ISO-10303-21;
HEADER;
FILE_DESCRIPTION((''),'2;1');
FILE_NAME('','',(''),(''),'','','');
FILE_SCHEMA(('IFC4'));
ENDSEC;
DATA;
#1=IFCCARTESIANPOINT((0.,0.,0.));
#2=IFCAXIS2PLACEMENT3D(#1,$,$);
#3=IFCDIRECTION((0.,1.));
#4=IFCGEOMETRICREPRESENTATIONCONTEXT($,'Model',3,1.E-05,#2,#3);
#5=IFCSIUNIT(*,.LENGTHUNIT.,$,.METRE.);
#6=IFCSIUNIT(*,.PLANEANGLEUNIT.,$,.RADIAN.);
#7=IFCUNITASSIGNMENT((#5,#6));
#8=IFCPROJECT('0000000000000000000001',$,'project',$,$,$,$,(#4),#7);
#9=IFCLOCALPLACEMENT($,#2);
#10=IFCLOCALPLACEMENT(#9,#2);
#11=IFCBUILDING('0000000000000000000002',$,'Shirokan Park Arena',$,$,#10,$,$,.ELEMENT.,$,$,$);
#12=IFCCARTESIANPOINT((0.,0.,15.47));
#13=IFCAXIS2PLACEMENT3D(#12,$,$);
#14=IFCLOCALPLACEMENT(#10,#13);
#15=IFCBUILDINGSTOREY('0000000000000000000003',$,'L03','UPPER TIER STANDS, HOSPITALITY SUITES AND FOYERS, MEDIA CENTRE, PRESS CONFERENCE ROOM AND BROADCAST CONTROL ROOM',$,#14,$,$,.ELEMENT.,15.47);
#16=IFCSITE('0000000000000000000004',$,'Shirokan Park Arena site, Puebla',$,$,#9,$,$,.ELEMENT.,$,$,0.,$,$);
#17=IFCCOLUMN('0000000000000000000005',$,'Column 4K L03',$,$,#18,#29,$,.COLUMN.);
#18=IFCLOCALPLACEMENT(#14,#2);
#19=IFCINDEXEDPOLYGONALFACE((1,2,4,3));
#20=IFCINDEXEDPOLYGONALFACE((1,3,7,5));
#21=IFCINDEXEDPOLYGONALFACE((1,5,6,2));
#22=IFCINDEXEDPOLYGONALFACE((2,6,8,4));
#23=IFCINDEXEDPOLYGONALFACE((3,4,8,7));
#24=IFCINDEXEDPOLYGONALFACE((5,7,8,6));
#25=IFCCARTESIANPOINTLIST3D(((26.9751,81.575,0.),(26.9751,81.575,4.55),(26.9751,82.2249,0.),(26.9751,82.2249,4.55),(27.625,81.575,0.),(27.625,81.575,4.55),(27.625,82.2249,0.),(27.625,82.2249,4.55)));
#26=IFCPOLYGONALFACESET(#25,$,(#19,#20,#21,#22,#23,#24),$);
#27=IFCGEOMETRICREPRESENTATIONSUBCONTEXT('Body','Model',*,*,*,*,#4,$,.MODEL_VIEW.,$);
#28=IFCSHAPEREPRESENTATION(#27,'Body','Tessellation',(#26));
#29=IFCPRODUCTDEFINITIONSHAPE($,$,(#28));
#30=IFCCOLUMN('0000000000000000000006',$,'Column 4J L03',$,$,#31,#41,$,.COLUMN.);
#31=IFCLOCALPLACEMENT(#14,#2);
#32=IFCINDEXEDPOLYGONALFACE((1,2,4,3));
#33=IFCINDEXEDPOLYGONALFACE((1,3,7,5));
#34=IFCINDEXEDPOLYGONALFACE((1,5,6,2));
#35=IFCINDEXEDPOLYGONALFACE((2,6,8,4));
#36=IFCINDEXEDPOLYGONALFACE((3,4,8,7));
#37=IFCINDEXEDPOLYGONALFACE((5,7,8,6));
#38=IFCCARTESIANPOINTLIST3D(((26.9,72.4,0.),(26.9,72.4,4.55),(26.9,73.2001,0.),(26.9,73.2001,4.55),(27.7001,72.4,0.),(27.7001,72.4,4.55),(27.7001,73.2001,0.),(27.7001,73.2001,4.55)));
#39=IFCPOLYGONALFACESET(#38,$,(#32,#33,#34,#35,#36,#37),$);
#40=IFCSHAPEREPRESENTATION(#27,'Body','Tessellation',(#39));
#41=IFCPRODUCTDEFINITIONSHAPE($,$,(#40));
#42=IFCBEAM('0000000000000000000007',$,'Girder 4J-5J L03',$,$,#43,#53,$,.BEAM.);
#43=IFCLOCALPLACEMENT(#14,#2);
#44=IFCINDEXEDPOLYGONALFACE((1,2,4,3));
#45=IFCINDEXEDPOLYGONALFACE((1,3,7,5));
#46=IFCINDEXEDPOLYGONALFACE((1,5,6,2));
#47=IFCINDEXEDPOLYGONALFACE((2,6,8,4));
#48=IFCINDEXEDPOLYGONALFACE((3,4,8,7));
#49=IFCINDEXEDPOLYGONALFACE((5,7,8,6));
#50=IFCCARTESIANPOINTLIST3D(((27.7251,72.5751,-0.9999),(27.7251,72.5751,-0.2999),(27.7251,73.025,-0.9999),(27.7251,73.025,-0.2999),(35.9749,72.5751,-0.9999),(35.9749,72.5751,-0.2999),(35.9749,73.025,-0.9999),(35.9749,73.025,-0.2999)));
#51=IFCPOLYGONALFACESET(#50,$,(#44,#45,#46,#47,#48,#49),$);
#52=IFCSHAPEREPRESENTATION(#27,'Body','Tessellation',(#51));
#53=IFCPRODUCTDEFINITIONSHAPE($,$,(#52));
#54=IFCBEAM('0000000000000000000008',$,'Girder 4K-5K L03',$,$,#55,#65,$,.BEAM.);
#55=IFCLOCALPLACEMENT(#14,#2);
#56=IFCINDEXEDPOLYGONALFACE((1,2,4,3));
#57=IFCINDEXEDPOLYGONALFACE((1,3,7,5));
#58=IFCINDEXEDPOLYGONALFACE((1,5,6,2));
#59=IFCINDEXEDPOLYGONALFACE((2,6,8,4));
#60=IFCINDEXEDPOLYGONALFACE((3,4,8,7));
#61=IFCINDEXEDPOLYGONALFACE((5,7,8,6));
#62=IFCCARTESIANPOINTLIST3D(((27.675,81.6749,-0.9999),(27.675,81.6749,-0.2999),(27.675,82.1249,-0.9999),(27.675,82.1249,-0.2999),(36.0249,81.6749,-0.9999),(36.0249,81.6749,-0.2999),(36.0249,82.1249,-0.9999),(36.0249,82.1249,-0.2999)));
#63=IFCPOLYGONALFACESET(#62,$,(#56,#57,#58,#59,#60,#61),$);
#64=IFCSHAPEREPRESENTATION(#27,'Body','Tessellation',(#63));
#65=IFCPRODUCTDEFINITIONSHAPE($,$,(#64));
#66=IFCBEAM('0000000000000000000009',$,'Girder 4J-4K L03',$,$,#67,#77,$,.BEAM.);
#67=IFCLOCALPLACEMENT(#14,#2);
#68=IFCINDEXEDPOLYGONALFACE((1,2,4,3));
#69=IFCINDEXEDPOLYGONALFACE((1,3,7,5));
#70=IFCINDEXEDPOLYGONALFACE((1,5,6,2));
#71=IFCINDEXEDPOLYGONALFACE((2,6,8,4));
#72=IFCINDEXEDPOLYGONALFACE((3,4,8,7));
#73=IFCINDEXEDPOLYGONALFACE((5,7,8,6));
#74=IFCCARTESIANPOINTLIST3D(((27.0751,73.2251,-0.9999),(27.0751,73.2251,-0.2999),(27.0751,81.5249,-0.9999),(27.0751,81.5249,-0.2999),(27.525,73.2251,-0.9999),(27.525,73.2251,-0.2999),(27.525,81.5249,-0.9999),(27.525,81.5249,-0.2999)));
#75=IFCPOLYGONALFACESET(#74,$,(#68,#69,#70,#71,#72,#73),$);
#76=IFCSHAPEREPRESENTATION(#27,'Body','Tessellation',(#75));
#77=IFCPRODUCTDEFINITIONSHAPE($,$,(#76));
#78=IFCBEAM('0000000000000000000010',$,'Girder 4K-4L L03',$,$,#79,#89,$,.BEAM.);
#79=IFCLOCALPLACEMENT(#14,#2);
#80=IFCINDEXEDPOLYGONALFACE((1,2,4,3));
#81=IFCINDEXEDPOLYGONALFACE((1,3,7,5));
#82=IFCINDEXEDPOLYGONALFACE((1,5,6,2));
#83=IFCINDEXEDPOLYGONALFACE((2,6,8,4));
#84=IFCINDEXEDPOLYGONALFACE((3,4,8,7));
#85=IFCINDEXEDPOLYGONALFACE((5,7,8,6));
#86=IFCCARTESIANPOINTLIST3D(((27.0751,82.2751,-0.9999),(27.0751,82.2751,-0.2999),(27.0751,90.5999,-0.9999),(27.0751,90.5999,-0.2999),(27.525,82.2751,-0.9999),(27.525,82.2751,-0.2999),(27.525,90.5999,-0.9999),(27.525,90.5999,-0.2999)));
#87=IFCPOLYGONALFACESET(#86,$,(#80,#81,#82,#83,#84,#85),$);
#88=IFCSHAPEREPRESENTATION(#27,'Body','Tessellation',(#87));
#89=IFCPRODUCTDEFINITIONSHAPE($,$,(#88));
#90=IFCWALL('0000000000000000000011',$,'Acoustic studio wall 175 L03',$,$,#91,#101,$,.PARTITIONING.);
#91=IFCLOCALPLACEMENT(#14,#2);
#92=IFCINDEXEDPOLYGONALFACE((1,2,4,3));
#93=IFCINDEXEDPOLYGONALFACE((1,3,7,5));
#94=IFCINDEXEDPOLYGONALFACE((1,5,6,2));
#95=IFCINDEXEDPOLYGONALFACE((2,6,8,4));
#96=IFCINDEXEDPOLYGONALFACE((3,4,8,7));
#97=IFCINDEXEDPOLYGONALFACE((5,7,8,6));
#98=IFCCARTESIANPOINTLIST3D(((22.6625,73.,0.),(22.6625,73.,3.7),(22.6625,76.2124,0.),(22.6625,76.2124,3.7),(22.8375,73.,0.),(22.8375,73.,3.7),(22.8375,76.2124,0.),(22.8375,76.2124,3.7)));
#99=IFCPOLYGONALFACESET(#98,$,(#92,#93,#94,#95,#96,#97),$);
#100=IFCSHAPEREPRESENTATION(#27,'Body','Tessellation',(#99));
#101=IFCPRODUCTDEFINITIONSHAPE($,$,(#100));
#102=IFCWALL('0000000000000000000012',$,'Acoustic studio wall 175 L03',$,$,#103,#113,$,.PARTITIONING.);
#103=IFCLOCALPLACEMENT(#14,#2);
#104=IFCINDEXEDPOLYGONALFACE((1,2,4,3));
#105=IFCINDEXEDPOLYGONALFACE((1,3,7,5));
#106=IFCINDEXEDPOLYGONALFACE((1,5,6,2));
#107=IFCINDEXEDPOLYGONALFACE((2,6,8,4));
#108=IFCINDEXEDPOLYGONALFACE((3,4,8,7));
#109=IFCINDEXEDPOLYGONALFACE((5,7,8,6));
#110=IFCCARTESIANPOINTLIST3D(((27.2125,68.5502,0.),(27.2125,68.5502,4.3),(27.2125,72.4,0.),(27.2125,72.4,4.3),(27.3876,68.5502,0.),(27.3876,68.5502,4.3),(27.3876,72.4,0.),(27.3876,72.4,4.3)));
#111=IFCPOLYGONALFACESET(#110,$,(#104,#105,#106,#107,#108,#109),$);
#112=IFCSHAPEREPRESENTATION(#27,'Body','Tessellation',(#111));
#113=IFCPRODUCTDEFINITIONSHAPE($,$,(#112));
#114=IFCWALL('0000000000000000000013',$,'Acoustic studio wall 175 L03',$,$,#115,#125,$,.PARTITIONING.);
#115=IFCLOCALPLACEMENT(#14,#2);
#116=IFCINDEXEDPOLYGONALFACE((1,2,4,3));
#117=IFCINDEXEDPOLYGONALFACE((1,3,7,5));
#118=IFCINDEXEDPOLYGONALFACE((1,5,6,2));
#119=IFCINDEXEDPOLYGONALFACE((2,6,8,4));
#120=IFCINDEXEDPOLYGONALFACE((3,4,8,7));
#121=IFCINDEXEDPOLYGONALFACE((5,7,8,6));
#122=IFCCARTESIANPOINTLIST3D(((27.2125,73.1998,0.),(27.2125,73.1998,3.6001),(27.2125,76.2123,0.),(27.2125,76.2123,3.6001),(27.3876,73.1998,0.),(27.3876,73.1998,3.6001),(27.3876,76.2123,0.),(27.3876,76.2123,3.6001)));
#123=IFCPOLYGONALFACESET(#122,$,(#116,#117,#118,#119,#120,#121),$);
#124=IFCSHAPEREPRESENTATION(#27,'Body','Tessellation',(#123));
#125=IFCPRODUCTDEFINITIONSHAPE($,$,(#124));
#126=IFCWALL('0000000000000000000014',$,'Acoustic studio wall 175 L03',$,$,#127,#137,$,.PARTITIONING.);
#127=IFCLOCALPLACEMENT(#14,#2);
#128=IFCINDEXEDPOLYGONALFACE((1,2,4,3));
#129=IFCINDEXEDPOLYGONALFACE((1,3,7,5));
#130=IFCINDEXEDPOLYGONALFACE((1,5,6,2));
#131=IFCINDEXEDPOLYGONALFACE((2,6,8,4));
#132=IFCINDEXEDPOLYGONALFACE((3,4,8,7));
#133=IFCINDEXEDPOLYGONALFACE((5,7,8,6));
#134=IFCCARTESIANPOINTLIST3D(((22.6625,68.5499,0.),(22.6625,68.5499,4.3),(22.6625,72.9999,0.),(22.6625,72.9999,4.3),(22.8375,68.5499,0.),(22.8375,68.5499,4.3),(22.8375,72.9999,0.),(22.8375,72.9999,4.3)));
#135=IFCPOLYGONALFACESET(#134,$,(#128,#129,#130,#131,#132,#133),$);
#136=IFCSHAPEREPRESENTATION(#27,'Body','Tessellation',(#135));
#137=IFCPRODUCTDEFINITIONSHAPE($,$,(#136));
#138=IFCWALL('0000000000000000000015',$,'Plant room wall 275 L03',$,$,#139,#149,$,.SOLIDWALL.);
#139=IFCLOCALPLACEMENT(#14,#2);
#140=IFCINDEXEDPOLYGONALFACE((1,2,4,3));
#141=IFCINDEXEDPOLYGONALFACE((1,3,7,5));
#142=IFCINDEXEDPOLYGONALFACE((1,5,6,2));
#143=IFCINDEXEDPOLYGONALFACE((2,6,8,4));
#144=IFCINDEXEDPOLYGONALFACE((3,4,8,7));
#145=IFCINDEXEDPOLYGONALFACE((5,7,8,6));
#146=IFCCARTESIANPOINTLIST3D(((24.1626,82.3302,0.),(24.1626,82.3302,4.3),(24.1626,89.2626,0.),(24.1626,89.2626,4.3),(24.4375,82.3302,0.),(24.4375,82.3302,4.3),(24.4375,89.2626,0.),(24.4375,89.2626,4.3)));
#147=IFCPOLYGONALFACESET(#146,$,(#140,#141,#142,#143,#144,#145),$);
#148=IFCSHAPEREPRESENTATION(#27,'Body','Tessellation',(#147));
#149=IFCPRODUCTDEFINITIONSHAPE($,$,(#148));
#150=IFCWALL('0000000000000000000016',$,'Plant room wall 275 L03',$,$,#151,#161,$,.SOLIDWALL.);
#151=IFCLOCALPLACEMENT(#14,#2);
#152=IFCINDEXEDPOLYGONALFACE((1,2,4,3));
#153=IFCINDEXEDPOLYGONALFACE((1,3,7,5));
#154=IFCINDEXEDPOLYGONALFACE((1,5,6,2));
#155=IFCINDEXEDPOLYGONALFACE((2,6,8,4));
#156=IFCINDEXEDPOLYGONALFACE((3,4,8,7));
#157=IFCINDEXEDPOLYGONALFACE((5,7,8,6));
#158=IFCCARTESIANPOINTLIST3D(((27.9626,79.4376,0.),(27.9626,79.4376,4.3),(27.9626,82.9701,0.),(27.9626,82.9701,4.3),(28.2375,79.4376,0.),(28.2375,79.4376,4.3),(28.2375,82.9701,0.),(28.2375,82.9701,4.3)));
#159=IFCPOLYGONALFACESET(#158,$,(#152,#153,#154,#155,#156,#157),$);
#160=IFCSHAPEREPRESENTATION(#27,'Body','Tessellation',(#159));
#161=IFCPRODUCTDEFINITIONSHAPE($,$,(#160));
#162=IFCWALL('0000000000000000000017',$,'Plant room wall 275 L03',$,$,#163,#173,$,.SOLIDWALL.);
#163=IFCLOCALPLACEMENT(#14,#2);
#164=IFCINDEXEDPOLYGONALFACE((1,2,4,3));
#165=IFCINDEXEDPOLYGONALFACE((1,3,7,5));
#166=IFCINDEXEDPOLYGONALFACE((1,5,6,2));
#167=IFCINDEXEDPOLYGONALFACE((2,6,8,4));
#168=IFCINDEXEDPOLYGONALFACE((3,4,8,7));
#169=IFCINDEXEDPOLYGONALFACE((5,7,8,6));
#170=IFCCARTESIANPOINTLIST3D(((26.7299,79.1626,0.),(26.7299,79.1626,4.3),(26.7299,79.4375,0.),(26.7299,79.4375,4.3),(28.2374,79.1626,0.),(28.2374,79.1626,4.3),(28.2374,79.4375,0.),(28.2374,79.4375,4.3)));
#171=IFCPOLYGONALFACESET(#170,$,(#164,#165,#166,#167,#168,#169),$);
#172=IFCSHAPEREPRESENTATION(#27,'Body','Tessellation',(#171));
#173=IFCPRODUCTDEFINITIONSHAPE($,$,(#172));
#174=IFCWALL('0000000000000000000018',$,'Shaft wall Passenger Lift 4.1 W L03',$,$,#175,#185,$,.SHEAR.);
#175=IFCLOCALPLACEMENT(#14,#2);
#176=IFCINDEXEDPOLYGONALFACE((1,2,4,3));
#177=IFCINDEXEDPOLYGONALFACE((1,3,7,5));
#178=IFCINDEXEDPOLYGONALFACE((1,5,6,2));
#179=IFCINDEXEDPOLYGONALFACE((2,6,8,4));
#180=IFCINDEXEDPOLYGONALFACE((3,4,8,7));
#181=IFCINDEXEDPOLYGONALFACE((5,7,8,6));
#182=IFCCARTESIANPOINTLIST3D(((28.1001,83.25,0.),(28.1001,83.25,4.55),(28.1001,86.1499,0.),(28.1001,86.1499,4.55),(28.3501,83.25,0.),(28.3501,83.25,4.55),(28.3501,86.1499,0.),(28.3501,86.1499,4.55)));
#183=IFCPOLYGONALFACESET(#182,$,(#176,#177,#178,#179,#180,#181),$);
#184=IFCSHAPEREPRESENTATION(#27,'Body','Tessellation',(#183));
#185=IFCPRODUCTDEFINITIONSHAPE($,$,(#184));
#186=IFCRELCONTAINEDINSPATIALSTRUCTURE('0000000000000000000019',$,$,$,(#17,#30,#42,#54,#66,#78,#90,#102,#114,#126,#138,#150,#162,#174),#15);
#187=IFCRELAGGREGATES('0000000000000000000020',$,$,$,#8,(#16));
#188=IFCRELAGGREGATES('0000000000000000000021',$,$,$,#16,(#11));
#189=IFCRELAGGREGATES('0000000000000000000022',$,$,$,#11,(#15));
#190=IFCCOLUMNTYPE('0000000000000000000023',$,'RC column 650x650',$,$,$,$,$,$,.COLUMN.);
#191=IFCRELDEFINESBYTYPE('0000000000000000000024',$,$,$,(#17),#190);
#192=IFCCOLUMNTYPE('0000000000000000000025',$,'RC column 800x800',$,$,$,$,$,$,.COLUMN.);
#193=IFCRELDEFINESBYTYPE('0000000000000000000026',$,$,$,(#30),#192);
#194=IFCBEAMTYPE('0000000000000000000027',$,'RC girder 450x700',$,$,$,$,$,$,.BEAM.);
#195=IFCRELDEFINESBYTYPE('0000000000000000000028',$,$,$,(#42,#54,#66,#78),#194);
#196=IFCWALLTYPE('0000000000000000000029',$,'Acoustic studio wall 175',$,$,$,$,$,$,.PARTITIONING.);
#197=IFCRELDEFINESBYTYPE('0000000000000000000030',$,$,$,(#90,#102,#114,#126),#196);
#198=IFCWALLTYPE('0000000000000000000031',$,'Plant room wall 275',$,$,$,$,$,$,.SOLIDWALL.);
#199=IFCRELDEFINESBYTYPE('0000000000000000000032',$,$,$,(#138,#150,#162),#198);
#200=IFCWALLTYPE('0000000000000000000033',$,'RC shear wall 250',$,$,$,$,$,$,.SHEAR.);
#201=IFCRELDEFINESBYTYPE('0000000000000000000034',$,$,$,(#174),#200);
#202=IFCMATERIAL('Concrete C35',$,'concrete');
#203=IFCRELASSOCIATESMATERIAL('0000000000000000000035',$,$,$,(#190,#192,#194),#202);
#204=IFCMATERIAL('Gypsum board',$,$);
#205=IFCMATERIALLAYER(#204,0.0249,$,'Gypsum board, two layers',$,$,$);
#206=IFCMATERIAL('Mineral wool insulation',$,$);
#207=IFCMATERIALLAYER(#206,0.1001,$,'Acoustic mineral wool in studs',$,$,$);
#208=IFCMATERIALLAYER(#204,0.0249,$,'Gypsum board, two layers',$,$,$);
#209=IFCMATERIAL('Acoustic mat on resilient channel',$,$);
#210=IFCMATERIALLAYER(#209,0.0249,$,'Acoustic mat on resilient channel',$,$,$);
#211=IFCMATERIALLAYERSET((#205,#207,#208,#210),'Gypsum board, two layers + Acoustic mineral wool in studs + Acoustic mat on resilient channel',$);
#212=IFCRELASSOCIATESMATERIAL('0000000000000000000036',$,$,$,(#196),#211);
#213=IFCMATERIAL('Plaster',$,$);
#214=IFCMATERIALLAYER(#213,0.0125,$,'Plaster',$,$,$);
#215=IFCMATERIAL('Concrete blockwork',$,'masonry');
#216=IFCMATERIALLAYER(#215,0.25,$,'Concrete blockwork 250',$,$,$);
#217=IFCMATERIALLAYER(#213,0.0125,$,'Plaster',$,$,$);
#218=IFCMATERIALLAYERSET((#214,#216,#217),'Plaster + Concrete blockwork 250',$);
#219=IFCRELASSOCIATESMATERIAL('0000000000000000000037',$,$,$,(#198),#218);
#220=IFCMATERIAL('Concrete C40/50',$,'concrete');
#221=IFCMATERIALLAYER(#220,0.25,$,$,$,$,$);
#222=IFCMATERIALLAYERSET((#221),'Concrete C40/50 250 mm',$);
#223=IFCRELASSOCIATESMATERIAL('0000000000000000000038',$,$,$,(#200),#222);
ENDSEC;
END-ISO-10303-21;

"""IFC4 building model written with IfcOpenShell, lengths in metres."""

from ifc_helpers import new_model, si_unit, direction, frame, frame_2d, origin, origin_2d, place, context, subcontext, project, spatial, rectangle, extrude, material, layer, layer_set, material_profile, profile_set, type_object, element, save


model = new_model("IFC4")

# Units and contexts
model_context = context("Model", 3, precision=1e-05, world=origin(), true_north=direction((0.0, 1.0)))
body_context = subcontext(model_context, "Body", "Model", "MODEL_VIEW")
ifc_project = project(units=[si_unit("LENGTHUNIT", "METRE"), si_unit("PLANEANGLEUNIT", "RADIAN")], contexts=[model_context])

# Site, building, storey
site_placement = place(None, origin())
site = spatial("IfcSite", under=ifc_project, at=site_placement, Name="Shirokan Park Arena site, Puebla", CompositionType="ELEMENT", RefElevation=0.0)
building_placement = place(site_placement, origin())
building = spatial("IfcBuilding", under=site, at=building_placement, Name="Shirokan Park Arena", CompositionType="ELEMENT")
storey_placement = place(building_placement, frame((0.0, 0.0, 15.47)))
storey = spatial("IfcBuildingStorey", under=building, at=storey_placement, Name="L03", Description="UPPER TIER STANDS, HOSPITALITY SUITES AND FOYERS, MEDIA CENTRE, PRESS CONFERENCE ROOM AND BROADCAST CONTROL ROOM", CompositionType="ELEMENT", Elevation=15.47)

# Columns
ifc_material_1 = material(Name="Concrete C35", Category="concrete")
ifc_material_profile_1 = material_profile(ifc_material_1, rectangle(XDim=0.6499, YDim=0.6499, at=origin_2d()), Name="650x650")
ifc_profile_set_1 = profile_set([ifc_material_profile_1], Name="Concrete C35")
column_type_1 = type_object("IfcColumnType", Name="RC column 650x650", PredefinedType="COLUMN", material=ifc_profile_set_1)
column_1_placement = place(storey_placement, frame((27.3, 81.8999, 0.0), z_axis=(0.0, 0.0, 1.0), x_axis=(1.0, 0.0, 0.0)))
element("IfcColumn", 1, at=column_1_placement, inside=storey, type_object=column_type_1, Name="Column 4K L03", PredefinedType="COLUMN", context=body_context, shape_type="SweptSolid", body=[
    extrude(rectangle(XDim=0.6499, YDim=0.6499, at=origin_2d()), origin(), (0.0, 0.0, 1.0), 4.55),
])
ifc_material_profile_2 = material_profile(ifc_material_1, rectangle(XDim=0.8, YDim=0.8, at=origin_2d()), Name="800x800")
ifc_profile_set_2 = profile_set([ifc_material_profile_2], Name="Concrete C35")
column_type_2 = type_object("IfcColumnType", Name="RC column 800x800", PredefinedType="COLUMN", material=ifc_profile_set_2)
column_2_placement = place(storey_placement, frame((27.3, 72.8, 0.0), z_axis=(0.0, 0.0, 1.0), x_axis=(1.0, 0.0, 0.0)))
element("IfcColumn", 2, at=column_2_placement, inside=storey, type_object=column_type_2, Name="Column 4J L03", PredefinedType="COLUMN", context=body_context, shape_type="SweptSolid", body=[
    extrude(rectangle(XDim=0.8, YDim=0.8, at=origin_2d()), origin(), (0.0, 0.0, 1.0), 4.55),
])

# Beams
ifc_material_profile_3 = material_profile(ifc_material_1, rectangle(XDim=0.45, YDim=0.7, at=origin_2d()), Name="450x700")
ifc_profile_set_3 = profile_set([ifc_material_profile_3], Name="Concrete C35")
beam_type = type_object("IfcBeamType", Name="RC girder 450x700", PredefinedType="BEAM", material=ifc_profile_set_3)
beam_1_placement = place(storey_placement, frame((27.7251, 72.8, -0.6499), z_axis=(1.0, 0.0, 0.0), x_axis=(0.0, 1.0, 0.0)))
element("IfcBeam", 3, at=beam_1_placement, inside=storey, type_object=beam_type, Name="Girder 4J-5J L03", PredefinedType="BEAM", context=body_context, shape_type="SweptSolid", body=[
    extrude(rectangle(XDim=0.45, YDim=0.7, at=origin_2d()), origin(), (0.0, 0.0, 1.0), 8.2498),
])
beam_2_placement = place(storey_placement, frame((27.675, 81.8999, -0.6499), z_axis=(1.0, 0.0, 0.0), x_axis=(0.0, 1.0, 0.0)))
element("IfcBeam", 4, at=beam_2_placement, inside=storey, type_object=beam_type, Name="Girder 4K-5K L03", PredefinedType="BEAM", context=body_context, shape_type="SweptSolid", body=[
    extrude(rectangle(XDim=0.45, YDim=0.7, at=origin_2d()), origin(), (0.0, 0.0, 1.0), 8.3499),
])
beam_3_placement = place(storey_placement, frame((27.3, 73.2251, -0.6499), z_axis=(0.0, 1.0, 0.0), x_axis=(-1.0, 0.0, 0.0)))
element("IfcBeam", 5, at=beam_3_placement, inside=storey, type_object=beam_type, Name="Girder 4J-4K L03", PredefinedType="BEAM", context=body_context, shape_type="SweptSolid", body=[
    extrude(rectangle(XDim=0.45, YDim=0.7, at=origin_2d()), origin(), (0.0, 0.0, 1.0), 8.2998),
])
beam_4_placement = place(storey_placement, frame((27.3, 82.2751, -0.6499), z_axis=(0.0, 1.0, 0.0), x_axis=(-1.0, 0.0, 0.0)))
element("IfcBeam", 6, at=beam_4_placement, inside=storey, type_object=beam_type, Name="Girder 4K-4L L03", PredefinedType="BEAM", context=body_context, shape_type="SweptSolid", body=[
    extrude(rectangle(XDim=0.45, YDim=0.7, at=origin_2d()), origin(), (0.0, 0.0, 1.0), 8.3247),
])

# Walls
ifc_material_2 = material(Name="Gypsum board")
ifc_layer_1 = layer(ifc_material_2, 0.0249, Name="Gypsum board, two layers")
ifc_material_3 = material(Name="Mineral wool insulation")
ifc_layer_2 = layer(ifc_material_3, 0.1001, Name="Acoustic mineral wool in studs")
ifc_layer_3 = layer(ifc_material_2, 0.0249, Name="Gypsum board, two layers")
ifc_material_4 = material(Name="Acoustic mat on resilient channel")
ifc_layer_4 = layer(ifc_material_4, 0.0249, Name="Acoustic mat on resilient channel")
ifc_layer_set_1 = layer_set([ifc_layer_1, ifc_layer_2, ifc_layer_3, ifc_layer_4], Name="Gypsum board, two layers + Acoustic mineral wool in studs + Acoustic mat on resilient channel")
wall_type_1 = type_object("IfcWallType", Name="Acoustic studio wall 175", PredefinedType="PARTITIONING", material=ifc_layer_set_1)
wall_1_placement = place(storey_placement, frame((22.75, 76.2124, 0.0), z_axis=(0.0, 0.0, 1.0), x_axis=(0.0, -1.0, 0.0)))
element("IfcWall", 7, at=wall_1_placement, inside=storey, type_object=wall_type_1, Name="Acoustic studio wall 175 L03", PredefinedType="PARTITIONING", context=body_context, shape_type="SweptSolid", body=[
    extrude(rectangle(XDim=3.2124, YDim=0.175, at=frame_2d((1.6062, 0.0))), origin(), (0.0, 0.0, 1.0), 3.7),
])
wall_2_placement = place(storey_placement, frame((27.3, 72.3999, 0.0), z_axis=(0.0, 0.0, 1.0), x_axis=(0.0, -1.0, 0.0)))
element("IfcWall", 8, at=wall_2_placement, inside=storey, type_object=wall_type_1, Name="Acoustic studio wall 175 L03", PredefinedType="PARTITIONING", context=body_context, shape_type="SweptSolid", body=[
    extrude(rectangle(XDim=3.8499, YDim=0.175, at=frame_2d((1.9248, 0.0))), origin(), (0.0, 0.0, 1.0), 4.3),
])
wall_3_placement = place(storey_placement, frame((27.3, 76.2124, 0.0), z_axis=(0.0, 0.0, 1.0), x_axis=(0.0, -1.0, 0.0)))
element("IfcWall", 9, at=wall_3_placement, inside=storey, type_object=wall_type_1, Name="Acoustic studio wall 175 L03", PredefinedType="PARTITIONING", context=body_context, shape_type="SweptSolid", body=[
    extrude(rectangle(XDim=3.0125, YDim=0.175, at=frame_2d((1.5063, 0.0))), origin(), (0.0, 0.0, 1.0), 3.6001),
])
wall_4_placement = place(storey_placement, frame((22.75, 73.0, 0.0), z_axis=(0.0, 0.0, 1.0), x_axis=(0.0, -1.0, 0.0)))
element("IfcWall", 10, at=wall_4_placement, inside=storey, type_object=wall_type_1, Name="Acoustic studio wall 175 L03", PredefinedType="PARTITIONING", context=body_context, shape_type="SweptSolid", body=[
    extrude(rectangle(XDim=4.45, YDim=0.175, at=frame_2d((2.2251, 0.0))), origin(), (0.0, 0.0, 1.0), 4.3),
])
ifc_material_5 = material(Name="Plaster")
ifc_layer_5 = layer(ifc_material_5, 0.0125, Name="Plaster")
ifc_material_6 = material(Name="Concrete blockwork", Category="masonry")
ifc_layer_6 = layer(ifc_material_6, 0.25, Name="Concrete blockwork 250")
ifc_layer_7 = layer(ifc_material_5, 0.0125, Name="Plaster")
ifc_layer_set_2 = layer_set([ifc_layer_5, ifc_layer_6, ifc_layer_7], Name="Plaster + Concrete blockwork 250")
wall_type_2 = type_object("IfcWallType", Name="Plant room wall 275", PredefinedType="SOLIDWALL", material=ifc_layer_set_2)
wall_5_placement = place(storey_placement, frame((24.3, 82.3301, 0.0), z_axis=(0.0, 0.0, 1.0), x_axis=(0.0, 1.0, 0.0)))
element("IfcWall", 11, at=wall_5_placement, inside=storey, type_object=wall_type_2, Name="Plant room wall 275 L03", PredefinedType="SOLIDWALL", context=body_context, shape_type="SweptSolid", body=[
    extrude(rectangle(XDim=6.9324, YDim=0.2749, at=frame_2d((3.4663, 0.0))), origin(), (0.0, 0.0, 1.0), 4.3),
])
wall_6_placement = place(storey_placement, frame((28.1001, 82.97, 0.0), z_axis=(0.0, 0.0, 1.0), x_axis=(0.0, -1.0, 0.0)))
element("IfcWall", 12, at=wall_6_placement, inside=storey, type_object=wall_type_2, Name="Plant room wall 275 L03", PredefinedType="SOLIDWALL", context=body_context, shape_type="SweptSolid", body=[
    extrude(rectangle(XDim=3.5325, YDim=0.2749, at=frame_2d((1.7661, 0.0))), origin(), (0.0, 0.0, 1.0), 4.3),
])
wall_7_placement = place(storey_placement, frame((28.2375, 79.3, 0.0), z_axis=(0.0, 0.0, 1.0), x_axis=(-1.0, 0.0, 0.0)))
element("IfcWall", 13, at=wall_7_placement, inside=storey, type_object=wall_type_2, Name="Plant room wall 275 L03", PredefinedType="SOLIDWALL", context=body_context, shape_type="SweptSolid", body=[
    extrude(rectangle(XDim=1.5076, YDim=0.2749, at=frame_2d((0.7539, 0.0))), origin(), (0.0, 0.0, 1.0), 4.3),
])
ifc_material_7 = material(Name="Concrete C40/50", Category="concrete")
ifc_layer_8 = layer(ifc_material_7, 0.25)
ifc_layer_set_3 = layer_set([ifc_layer_8], Name="Concrete C40/50 250 mm")
wall_type_3 = type_object("IfcWallType", Name="RC shear wall 250", PredefinedType="SHEAR", material=ifc_layer_set_3)
wall_8_placement = place(storey_placement, frame((28.2251, 86.1499, 0.0), z_axis=(0.0, 0.0, 1.0), x_axis=(0.0, -1.0, 0.0)))
element("IfcWall", 14, at=wall_8_placement, inside=storey, type_object=wall_type_3, Name="Shaft wall Passenger Lift 4.1 W L03", PredefinedType="SHEAR", context=body_context, shape_type="SweptSolid", body=[
    extrude(rectangle(XDim=2.8999, YDim=0.25, at=frame_2d((1.45, 0.0))), origin(), (0.0, 0.0, 1.0), 4.55),
])

save(model, "model.ifc")
